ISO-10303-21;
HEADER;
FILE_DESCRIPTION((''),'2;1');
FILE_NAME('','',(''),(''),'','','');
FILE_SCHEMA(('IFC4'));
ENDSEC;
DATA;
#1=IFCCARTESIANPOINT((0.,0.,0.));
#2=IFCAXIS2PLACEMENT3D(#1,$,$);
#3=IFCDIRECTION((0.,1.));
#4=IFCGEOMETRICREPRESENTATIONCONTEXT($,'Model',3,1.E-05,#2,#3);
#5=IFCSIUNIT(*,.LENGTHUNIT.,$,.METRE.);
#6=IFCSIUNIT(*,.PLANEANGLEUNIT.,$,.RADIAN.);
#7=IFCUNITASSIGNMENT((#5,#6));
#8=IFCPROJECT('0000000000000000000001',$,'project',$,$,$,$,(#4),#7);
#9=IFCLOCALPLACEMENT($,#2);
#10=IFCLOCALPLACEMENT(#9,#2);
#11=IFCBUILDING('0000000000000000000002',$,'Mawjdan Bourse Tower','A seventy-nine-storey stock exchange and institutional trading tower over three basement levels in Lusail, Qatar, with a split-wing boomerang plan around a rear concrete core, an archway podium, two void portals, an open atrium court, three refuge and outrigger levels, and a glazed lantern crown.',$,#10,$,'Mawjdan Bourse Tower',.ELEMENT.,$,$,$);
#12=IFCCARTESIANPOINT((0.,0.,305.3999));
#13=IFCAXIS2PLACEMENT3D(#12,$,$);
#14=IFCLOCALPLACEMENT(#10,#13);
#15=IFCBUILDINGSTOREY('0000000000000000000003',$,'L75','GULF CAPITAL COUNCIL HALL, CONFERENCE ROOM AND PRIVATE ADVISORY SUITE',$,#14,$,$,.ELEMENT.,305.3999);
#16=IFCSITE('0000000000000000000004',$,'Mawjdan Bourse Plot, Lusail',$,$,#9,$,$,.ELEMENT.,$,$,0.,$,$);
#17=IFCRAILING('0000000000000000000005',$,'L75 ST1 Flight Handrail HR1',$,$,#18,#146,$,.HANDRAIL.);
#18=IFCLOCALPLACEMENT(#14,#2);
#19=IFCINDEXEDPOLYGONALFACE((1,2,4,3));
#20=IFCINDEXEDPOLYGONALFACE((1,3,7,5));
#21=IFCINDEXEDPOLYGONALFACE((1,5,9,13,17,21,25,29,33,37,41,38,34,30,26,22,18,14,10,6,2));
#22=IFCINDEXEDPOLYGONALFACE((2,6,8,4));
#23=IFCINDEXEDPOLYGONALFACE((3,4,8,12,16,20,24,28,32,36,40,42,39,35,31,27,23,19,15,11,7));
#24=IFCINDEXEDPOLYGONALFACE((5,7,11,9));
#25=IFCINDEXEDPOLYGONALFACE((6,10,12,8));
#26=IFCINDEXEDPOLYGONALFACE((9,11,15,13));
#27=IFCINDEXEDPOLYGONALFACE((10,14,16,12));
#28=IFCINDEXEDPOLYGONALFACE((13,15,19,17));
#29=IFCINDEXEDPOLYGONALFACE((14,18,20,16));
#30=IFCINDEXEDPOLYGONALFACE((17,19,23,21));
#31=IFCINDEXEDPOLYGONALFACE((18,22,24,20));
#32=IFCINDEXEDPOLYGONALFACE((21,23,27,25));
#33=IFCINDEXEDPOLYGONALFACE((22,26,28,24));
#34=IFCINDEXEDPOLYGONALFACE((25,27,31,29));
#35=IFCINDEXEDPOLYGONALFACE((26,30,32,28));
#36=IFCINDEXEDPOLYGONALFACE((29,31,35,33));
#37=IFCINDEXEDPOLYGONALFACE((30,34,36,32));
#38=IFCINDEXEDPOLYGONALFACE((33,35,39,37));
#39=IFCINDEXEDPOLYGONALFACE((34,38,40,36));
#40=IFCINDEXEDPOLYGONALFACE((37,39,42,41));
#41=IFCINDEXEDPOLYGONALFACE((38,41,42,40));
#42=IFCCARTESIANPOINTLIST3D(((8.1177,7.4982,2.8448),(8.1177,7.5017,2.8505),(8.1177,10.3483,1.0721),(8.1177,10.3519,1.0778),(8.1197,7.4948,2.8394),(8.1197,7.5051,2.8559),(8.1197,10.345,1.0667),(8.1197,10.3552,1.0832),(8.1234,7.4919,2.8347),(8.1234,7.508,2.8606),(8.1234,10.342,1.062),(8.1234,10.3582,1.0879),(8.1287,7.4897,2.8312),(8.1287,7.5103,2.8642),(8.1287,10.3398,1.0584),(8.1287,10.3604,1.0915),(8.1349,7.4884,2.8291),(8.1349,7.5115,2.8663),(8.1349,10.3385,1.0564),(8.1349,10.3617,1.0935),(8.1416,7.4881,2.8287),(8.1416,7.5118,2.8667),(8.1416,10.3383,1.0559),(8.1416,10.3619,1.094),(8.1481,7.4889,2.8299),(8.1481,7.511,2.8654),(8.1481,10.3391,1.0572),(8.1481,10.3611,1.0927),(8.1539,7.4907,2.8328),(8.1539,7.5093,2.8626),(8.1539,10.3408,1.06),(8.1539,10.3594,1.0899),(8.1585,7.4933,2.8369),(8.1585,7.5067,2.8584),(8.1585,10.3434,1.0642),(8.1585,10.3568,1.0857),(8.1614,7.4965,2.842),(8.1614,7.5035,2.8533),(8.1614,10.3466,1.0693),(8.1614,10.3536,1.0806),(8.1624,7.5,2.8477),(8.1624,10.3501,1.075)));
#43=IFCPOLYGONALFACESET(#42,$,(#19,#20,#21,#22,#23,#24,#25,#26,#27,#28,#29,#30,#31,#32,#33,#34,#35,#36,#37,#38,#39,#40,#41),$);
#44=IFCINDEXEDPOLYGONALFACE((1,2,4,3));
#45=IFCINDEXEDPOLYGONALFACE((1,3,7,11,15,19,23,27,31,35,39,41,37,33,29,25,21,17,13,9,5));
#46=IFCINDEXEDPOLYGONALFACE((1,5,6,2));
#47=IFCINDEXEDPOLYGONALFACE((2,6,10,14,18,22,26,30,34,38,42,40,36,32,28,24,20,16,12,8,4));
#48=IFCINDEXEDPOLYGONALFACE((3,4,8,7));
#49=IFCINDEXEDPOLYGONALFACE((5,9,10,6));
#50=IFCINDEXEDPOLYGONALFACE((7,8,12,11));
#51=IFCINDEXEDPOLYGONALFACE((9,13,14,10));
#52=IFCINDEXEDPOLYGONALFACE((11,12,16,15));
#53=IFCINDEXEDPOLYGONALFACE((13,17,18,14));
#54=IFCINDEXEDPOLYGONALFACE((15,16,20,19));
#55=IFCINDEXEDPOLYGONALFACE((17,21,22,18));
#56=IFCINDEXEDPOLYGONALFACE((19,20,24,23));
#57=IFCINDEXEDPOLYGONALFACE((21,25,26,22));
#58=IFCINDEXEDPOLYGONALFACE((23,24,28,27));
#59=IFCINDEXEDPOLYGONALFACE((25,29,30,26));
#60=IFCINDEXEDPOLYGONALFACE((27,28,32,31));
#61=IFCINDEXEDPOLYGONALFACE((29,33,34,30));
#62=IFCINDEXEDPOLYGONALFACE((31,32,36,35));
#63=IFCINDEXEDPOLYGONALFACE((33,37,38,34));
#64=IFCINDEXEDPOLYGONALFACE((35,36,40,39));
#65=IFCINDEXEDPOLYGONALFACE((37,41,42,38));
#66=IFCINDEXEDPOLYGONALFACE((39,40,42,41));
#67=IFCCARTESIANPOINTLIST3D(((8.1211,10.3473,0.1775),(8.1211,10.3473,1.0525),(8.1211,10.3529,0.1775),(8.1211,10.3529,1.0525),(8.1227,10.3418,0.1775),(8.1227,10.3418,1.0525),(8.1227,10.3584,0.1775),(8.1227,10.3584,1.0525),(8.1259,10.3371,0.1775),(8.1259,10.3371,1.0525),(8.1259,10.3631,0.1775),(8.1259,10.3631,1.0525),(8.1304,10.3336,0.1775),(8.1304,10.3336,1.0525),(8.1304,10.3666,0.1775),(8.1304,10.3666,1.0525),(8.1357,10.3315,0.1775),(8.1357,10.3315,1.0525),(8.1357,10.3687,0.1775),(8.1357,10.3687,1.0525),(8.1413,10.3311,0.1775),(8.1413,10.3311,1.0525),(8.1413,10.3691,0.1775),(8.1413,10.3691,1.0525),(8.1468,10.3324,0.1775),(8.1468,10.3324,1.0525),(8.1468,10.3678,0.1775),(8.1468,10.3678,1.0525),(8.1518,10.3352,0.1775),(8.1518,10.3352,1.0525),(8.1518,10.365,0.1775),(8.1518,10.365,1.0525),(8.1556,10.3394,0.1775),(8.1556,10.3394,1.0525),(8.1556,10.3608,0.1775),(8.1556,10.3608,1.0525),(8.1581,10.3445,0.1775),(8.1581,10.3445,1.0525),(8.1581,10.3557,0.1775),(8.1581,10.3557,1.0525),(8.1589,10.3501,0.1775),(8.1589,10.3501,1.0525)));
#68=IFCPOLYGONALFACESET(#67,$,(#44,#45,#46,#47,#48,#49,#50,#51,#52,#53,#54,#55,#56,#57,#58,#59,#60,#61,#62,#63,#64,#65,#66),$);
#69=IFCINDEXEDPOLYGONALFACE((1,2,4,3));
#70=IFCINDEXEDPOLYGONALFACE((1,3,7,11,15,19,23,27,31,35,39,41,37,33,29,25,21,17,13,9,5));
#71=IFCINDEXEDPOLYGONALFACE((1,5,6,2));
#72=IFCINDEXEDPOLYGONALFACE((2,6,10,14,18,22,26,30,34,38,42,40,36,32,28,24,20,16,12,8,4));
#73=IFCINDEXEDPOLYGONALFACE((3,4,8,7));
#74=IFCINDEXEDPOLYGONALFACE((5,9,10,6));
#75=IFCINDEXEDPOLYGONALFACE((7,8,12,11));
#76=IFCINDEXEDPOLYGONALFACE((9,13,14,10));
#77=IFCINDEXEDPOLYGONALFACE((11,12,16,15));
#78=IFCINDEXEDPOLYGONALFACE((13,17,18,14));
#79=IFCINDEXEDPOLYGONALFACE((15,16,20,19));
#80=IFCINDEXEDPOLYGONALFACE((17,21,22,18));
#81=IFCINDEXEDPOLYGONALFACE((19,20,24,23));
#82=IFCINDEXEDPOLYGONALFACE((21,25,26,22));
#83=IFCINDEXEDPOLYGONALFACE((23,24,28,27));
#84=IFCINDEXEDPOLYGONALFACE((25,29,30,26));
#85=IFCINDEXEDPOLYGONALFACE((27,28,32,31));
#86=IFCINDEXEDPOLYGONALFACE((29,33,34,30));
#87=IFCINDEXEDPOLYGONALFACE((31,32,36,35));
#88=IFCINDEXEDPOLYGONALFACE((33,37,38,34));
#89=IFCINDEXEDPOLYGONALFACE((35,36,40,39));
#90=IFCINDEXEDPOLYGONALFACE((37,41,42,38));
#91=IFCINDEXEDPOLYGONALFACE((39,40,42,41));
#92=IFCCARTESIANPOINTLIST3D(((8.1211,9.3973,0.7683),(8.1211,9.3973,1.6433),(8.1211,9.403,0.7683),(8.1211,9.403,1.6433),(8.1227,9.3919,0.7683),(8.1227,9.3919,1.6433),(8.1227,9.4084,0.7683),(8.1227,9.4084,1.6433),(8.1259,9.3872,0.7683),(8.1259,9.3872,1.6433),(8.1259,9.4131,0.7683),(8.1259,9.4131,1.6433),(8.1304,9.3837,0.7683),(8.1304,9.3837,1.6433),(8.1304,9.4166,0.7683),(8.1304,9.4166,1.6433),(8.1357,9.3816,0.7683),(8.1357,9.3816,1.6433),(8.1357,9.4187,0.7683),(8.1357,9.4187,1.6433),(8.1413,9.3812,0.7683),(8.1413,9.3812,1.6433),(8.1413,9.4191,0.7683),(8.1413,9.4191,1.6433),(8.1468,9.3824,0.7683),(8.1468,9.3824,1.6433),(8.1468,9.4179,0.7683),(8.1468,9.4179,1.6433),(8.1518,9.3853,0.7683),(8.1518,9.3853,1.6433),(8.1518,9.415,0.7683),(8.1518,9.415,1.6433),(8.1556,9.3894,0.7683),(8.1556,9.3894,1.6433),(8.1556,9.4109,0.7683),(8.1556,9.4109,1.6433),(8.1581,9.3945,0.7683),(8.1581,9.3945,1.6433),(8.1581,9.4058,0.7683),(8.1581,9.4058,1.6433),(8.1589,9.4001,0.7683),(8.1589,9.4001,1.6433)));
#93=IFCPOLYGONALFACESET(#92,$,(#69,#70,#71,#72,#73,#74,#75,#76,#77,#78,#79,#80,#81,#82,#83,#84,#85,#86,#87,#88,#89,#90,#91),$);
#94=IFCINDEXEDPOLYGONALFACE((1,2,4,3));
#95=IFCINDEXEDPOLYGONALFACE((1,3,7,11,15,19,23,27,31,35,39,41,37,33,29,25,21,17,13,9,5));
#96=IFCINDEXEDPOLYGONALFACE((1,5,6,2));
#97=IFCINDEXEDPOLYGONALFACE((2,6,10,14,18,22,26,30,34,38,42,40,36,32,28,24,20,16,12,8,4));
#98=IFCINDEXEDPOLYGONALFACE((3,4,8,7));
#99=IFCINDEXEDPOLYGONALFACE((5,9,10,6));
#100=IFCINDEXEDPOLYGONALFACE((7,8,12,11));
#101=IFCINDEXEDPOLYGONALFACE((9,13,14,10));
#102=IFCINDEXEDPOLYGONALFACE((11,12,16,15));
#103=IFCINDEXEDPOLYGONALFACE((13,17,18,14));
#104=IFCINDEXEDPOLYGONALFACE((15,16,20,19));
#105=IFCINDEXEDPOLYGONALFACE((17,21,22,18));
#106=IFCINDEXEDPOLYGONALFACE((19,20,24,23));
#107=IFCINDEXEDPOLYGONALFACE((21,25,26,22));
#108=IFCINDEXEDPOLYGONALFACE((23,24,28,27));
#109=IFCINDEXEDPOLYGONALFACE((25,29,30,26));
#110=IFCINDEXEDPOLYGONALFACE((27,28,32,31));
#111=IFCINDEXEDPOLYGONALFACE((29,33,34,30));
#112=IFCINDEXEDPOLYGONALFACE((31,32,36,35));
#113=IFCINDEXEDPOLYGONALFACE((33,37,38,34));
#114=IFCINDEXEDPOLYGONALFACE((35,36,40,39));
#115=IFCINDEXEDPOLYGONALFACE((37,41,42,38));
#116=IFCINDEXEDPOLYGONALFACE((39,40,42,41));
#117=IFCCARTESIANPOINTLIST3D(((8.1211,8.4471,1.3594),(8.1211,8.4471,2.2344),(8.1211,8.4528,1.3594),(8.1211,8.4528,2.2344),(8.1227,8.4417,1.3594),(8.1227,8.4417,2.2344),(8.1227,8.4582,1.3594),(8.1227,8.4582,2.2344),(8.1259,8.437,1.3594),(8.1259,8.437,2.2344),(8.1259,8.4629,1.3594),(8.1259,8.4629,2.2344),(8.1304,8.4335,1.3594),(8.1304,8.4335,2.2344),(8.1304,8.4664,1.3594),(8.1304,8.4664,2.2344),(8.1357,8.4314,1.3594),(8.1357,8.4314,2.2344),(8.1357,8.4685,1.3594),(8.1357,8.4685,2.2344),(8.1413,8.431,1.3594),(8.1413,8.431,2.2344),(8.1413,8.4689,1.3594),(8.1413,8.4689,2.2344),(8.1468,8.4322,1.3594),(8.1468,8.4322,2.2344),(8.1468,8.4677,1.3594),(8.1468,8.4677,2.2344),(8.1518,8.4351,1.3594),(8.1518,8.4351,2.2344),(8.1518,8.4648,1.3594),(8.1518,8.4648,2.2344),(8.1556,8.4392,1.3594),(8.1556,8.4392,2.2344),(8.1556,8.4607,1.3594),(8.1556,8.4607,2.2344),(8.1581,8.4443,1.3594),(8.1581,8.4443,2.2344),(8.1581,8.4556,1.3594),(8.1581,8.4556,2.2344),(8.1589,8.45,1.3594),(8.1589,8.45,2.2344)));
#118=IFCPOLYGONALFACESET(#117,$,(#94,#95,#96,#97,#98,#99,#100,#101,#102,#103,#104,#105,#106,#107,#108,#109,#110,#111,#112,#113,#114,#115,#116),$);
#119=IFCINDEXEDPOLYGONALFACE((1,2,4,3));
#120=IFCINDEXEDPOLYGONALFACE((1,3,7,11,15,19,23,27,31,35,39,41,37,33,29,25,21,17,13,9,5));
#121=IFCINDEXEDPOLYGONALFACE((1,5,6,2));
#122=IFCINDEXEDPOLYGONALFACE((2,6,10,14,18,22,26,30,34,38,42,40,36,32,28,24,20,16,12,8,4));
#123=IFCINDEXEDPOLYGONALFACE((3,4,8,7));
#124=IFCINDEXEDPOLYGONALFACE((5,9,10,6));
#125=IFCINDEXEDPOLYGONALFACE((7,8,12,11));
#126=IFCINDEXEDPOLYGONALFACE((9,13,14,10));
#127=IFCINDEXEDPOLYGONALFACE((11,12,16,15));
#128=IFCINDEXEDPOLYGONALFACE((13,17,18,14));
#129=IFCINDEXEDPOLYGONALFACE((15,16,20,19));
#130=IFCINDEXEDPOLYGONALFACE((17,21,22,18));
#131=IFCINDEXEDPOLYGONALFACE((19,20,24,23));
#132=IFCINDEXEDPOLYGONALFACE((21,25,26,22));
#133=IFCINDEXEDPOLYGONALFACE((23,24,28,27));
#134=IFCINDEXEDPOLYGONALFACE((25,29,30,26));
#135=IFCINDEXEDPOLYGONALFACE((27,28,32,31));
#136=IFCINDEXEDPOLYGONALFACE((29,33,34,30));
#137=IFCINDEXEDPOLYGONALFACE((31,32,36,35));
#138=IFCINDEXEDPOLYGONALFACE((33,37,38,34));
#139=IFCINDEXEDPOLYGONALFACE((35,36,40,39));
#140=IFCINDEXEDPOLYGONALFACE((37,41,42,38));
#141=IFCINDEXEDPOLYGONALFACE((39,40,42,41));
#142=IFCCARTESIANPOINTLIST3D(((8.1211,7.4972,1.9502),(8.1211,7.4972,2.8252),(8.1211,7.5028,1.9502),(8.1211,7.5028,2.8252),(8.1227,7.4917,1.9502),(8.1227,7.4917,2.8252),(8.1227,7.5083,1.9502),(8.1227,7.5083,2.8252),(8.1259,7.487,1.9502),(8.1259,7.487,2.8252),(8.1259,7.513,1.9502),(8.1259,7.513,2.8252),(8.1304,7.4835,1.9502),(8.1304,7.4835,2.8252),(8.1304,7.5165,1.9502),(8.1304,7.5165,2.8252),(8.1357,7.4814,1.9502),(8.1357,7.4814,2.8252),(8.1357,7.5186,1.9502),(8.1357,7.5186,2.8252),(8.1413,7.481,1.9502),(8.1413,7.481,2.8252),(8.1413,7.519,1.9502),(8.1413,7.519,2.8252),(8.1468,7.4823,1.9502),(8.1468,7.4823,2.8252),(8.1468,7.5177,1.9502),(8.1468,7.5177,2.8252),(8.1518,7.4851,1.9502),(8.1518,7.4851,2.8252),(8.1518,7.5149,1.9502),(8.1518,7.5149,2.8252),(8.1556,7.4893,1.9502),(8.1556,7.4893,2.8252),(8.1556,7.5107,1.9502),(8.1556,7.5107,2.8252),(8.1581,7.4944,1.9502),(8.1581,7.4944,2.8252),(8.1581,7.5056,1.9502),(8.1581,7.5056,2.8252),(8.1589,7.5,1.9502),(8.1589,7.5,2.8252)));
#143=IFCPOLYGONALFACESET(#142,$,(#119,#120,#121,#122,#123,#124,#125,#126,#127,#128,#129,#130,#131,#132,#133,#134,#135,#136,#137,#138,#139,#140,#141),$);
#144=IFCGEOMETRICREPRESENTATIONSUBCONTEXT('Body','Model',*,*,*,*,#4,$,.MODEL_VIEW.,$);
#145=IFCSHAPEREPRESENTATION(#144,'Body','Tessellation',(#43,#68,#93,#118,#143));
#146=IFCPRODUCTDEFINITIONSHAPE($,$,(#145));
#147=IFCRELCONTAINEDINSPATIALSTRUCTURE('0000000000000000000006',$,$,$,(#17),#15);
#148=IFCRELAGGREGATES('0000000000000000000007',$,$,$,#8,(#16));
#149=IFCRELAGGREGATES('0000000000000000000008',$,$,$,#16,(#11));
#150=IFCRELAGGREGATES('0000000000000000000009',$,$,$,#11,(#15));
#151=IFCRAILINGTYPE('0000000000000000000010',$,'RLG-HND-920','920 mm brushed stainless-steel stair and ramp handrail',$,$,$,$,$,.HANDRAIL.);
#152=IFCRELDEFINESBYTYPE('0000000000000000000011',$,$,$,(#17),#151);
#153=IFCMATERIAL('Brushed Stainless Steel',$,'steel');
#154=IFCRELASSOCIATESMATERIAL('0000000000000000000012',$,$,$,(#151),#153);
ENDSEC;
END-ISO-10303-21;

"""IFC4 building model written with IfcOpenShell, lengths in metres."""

from ifc_helpers import new_model, si_unit, direction, frame, origin, origin_2d, place, context, subcontext, project, spatial, circle, extrude, material, type_object, element, save


model = new_model("IFC4")

# Units and contexts
model_context = context("Model", 3, precision=1e-05, world=origin(), true_north=direction((0.0, 1.0)))
body_context = subcontext(model_context, "Body", "Model", "MODEL_VIEW")
ifc_project = project(units=[si_unit("LENGTHUNIT", "METRE"), si_unit("PLANEANGLEUNIT", "RADIAN")], contexts=[model_context])

# Site, building, storey
site_placement = place(None, origin())
site = spatial("IfcSite", under=ifc_project, at=site_placement, Name="Mawjdan Bourse Plot, Lusail", CompositionType="ELEMENT", RefElevation=0.0)
building_placement = place(site_placement, origin())
building = spatial("IfcBuilding", under=site, at=building_placement, Name="Mawjdan Bourse Tower", Description="A seventy-nine-storey stock exchange and institutional trading tower over three basement levels in Lusail, Qatar, with a split-wing boomerang plan around a rear concrete core, an archway podium, two void portals, an open atrium court, three refuge and outrigger levels, and a glazed lantern crown.", LongName="Mawjdan Bourse Tower", CompositionType="ELEMENT")
storey_placement = place(building_placement, frame((0.0, 0.0, 305.3999)))
storey = spatial("IfcBuildingStorey", under=building, at=storey_placement, Name="L75", Description="GULF CAPITAL COUNCIL HALL, CONFERENCE ROOM AND PRIVATE ADVISORY SUITE", CompositionType="ELEMENT", Elevation=305.3999)

# Railing
ifc_material_1 = material(Name="Brushed Stainless Steel", Category="steel")
railing_type_1 = type_object("IfcRailingType", Name="RLG-HND-920", Description="920 mm brushed stainless-steel stair and ramp handrail", PredefinedType="HANDRAIL", material=ifc_material_1)
for number, where, name in (
    (1, (8.1399, 10.3501, 0.1775), "L75 ST1 Flight Handrail HR1"),
):
    element("IfcRailing", number, at=place(storey_placement, frame(where)), inside=storey, type_object=railing_type_1, Name=name, PredefinedType="HANDRAIL", context=body_context, shape_type="SweptSolid", body=[
        extrude(circle(Radius=0.0225, at=origin_2d()), frame((0.0, 0.0, 0.8975), z_axis=(0.0, -0.849149, 0.528154), x_axis=(1.0, 0.0, 0.0)), (0.0, 0.0, 1.0), 3.3564),
        extrude(circle(Radius=0.019, at=origin_2d()), origin(), (0.0, 0.0, 1.0), 0.875),
        extrude(circle(Radius=0.019, at=origin_2d()), frame((0.0, -0.95, 0.5908)), (0.0, 0.0, 1.0), 0.875),
        extrude(circle(Radius=0.019, at=origin_2d()), frame((0.0, -1.9001, 1.1819)), (0.0, 0.0, 1.0), 0.875),
        extrude(circle(Radius=0.019, at=origin_2d()), frame((0.0, -2.8501, 1.7727)), (0.0, 0.0, 1.0), 0.875),
    ])

save(model, "model.ifc")
